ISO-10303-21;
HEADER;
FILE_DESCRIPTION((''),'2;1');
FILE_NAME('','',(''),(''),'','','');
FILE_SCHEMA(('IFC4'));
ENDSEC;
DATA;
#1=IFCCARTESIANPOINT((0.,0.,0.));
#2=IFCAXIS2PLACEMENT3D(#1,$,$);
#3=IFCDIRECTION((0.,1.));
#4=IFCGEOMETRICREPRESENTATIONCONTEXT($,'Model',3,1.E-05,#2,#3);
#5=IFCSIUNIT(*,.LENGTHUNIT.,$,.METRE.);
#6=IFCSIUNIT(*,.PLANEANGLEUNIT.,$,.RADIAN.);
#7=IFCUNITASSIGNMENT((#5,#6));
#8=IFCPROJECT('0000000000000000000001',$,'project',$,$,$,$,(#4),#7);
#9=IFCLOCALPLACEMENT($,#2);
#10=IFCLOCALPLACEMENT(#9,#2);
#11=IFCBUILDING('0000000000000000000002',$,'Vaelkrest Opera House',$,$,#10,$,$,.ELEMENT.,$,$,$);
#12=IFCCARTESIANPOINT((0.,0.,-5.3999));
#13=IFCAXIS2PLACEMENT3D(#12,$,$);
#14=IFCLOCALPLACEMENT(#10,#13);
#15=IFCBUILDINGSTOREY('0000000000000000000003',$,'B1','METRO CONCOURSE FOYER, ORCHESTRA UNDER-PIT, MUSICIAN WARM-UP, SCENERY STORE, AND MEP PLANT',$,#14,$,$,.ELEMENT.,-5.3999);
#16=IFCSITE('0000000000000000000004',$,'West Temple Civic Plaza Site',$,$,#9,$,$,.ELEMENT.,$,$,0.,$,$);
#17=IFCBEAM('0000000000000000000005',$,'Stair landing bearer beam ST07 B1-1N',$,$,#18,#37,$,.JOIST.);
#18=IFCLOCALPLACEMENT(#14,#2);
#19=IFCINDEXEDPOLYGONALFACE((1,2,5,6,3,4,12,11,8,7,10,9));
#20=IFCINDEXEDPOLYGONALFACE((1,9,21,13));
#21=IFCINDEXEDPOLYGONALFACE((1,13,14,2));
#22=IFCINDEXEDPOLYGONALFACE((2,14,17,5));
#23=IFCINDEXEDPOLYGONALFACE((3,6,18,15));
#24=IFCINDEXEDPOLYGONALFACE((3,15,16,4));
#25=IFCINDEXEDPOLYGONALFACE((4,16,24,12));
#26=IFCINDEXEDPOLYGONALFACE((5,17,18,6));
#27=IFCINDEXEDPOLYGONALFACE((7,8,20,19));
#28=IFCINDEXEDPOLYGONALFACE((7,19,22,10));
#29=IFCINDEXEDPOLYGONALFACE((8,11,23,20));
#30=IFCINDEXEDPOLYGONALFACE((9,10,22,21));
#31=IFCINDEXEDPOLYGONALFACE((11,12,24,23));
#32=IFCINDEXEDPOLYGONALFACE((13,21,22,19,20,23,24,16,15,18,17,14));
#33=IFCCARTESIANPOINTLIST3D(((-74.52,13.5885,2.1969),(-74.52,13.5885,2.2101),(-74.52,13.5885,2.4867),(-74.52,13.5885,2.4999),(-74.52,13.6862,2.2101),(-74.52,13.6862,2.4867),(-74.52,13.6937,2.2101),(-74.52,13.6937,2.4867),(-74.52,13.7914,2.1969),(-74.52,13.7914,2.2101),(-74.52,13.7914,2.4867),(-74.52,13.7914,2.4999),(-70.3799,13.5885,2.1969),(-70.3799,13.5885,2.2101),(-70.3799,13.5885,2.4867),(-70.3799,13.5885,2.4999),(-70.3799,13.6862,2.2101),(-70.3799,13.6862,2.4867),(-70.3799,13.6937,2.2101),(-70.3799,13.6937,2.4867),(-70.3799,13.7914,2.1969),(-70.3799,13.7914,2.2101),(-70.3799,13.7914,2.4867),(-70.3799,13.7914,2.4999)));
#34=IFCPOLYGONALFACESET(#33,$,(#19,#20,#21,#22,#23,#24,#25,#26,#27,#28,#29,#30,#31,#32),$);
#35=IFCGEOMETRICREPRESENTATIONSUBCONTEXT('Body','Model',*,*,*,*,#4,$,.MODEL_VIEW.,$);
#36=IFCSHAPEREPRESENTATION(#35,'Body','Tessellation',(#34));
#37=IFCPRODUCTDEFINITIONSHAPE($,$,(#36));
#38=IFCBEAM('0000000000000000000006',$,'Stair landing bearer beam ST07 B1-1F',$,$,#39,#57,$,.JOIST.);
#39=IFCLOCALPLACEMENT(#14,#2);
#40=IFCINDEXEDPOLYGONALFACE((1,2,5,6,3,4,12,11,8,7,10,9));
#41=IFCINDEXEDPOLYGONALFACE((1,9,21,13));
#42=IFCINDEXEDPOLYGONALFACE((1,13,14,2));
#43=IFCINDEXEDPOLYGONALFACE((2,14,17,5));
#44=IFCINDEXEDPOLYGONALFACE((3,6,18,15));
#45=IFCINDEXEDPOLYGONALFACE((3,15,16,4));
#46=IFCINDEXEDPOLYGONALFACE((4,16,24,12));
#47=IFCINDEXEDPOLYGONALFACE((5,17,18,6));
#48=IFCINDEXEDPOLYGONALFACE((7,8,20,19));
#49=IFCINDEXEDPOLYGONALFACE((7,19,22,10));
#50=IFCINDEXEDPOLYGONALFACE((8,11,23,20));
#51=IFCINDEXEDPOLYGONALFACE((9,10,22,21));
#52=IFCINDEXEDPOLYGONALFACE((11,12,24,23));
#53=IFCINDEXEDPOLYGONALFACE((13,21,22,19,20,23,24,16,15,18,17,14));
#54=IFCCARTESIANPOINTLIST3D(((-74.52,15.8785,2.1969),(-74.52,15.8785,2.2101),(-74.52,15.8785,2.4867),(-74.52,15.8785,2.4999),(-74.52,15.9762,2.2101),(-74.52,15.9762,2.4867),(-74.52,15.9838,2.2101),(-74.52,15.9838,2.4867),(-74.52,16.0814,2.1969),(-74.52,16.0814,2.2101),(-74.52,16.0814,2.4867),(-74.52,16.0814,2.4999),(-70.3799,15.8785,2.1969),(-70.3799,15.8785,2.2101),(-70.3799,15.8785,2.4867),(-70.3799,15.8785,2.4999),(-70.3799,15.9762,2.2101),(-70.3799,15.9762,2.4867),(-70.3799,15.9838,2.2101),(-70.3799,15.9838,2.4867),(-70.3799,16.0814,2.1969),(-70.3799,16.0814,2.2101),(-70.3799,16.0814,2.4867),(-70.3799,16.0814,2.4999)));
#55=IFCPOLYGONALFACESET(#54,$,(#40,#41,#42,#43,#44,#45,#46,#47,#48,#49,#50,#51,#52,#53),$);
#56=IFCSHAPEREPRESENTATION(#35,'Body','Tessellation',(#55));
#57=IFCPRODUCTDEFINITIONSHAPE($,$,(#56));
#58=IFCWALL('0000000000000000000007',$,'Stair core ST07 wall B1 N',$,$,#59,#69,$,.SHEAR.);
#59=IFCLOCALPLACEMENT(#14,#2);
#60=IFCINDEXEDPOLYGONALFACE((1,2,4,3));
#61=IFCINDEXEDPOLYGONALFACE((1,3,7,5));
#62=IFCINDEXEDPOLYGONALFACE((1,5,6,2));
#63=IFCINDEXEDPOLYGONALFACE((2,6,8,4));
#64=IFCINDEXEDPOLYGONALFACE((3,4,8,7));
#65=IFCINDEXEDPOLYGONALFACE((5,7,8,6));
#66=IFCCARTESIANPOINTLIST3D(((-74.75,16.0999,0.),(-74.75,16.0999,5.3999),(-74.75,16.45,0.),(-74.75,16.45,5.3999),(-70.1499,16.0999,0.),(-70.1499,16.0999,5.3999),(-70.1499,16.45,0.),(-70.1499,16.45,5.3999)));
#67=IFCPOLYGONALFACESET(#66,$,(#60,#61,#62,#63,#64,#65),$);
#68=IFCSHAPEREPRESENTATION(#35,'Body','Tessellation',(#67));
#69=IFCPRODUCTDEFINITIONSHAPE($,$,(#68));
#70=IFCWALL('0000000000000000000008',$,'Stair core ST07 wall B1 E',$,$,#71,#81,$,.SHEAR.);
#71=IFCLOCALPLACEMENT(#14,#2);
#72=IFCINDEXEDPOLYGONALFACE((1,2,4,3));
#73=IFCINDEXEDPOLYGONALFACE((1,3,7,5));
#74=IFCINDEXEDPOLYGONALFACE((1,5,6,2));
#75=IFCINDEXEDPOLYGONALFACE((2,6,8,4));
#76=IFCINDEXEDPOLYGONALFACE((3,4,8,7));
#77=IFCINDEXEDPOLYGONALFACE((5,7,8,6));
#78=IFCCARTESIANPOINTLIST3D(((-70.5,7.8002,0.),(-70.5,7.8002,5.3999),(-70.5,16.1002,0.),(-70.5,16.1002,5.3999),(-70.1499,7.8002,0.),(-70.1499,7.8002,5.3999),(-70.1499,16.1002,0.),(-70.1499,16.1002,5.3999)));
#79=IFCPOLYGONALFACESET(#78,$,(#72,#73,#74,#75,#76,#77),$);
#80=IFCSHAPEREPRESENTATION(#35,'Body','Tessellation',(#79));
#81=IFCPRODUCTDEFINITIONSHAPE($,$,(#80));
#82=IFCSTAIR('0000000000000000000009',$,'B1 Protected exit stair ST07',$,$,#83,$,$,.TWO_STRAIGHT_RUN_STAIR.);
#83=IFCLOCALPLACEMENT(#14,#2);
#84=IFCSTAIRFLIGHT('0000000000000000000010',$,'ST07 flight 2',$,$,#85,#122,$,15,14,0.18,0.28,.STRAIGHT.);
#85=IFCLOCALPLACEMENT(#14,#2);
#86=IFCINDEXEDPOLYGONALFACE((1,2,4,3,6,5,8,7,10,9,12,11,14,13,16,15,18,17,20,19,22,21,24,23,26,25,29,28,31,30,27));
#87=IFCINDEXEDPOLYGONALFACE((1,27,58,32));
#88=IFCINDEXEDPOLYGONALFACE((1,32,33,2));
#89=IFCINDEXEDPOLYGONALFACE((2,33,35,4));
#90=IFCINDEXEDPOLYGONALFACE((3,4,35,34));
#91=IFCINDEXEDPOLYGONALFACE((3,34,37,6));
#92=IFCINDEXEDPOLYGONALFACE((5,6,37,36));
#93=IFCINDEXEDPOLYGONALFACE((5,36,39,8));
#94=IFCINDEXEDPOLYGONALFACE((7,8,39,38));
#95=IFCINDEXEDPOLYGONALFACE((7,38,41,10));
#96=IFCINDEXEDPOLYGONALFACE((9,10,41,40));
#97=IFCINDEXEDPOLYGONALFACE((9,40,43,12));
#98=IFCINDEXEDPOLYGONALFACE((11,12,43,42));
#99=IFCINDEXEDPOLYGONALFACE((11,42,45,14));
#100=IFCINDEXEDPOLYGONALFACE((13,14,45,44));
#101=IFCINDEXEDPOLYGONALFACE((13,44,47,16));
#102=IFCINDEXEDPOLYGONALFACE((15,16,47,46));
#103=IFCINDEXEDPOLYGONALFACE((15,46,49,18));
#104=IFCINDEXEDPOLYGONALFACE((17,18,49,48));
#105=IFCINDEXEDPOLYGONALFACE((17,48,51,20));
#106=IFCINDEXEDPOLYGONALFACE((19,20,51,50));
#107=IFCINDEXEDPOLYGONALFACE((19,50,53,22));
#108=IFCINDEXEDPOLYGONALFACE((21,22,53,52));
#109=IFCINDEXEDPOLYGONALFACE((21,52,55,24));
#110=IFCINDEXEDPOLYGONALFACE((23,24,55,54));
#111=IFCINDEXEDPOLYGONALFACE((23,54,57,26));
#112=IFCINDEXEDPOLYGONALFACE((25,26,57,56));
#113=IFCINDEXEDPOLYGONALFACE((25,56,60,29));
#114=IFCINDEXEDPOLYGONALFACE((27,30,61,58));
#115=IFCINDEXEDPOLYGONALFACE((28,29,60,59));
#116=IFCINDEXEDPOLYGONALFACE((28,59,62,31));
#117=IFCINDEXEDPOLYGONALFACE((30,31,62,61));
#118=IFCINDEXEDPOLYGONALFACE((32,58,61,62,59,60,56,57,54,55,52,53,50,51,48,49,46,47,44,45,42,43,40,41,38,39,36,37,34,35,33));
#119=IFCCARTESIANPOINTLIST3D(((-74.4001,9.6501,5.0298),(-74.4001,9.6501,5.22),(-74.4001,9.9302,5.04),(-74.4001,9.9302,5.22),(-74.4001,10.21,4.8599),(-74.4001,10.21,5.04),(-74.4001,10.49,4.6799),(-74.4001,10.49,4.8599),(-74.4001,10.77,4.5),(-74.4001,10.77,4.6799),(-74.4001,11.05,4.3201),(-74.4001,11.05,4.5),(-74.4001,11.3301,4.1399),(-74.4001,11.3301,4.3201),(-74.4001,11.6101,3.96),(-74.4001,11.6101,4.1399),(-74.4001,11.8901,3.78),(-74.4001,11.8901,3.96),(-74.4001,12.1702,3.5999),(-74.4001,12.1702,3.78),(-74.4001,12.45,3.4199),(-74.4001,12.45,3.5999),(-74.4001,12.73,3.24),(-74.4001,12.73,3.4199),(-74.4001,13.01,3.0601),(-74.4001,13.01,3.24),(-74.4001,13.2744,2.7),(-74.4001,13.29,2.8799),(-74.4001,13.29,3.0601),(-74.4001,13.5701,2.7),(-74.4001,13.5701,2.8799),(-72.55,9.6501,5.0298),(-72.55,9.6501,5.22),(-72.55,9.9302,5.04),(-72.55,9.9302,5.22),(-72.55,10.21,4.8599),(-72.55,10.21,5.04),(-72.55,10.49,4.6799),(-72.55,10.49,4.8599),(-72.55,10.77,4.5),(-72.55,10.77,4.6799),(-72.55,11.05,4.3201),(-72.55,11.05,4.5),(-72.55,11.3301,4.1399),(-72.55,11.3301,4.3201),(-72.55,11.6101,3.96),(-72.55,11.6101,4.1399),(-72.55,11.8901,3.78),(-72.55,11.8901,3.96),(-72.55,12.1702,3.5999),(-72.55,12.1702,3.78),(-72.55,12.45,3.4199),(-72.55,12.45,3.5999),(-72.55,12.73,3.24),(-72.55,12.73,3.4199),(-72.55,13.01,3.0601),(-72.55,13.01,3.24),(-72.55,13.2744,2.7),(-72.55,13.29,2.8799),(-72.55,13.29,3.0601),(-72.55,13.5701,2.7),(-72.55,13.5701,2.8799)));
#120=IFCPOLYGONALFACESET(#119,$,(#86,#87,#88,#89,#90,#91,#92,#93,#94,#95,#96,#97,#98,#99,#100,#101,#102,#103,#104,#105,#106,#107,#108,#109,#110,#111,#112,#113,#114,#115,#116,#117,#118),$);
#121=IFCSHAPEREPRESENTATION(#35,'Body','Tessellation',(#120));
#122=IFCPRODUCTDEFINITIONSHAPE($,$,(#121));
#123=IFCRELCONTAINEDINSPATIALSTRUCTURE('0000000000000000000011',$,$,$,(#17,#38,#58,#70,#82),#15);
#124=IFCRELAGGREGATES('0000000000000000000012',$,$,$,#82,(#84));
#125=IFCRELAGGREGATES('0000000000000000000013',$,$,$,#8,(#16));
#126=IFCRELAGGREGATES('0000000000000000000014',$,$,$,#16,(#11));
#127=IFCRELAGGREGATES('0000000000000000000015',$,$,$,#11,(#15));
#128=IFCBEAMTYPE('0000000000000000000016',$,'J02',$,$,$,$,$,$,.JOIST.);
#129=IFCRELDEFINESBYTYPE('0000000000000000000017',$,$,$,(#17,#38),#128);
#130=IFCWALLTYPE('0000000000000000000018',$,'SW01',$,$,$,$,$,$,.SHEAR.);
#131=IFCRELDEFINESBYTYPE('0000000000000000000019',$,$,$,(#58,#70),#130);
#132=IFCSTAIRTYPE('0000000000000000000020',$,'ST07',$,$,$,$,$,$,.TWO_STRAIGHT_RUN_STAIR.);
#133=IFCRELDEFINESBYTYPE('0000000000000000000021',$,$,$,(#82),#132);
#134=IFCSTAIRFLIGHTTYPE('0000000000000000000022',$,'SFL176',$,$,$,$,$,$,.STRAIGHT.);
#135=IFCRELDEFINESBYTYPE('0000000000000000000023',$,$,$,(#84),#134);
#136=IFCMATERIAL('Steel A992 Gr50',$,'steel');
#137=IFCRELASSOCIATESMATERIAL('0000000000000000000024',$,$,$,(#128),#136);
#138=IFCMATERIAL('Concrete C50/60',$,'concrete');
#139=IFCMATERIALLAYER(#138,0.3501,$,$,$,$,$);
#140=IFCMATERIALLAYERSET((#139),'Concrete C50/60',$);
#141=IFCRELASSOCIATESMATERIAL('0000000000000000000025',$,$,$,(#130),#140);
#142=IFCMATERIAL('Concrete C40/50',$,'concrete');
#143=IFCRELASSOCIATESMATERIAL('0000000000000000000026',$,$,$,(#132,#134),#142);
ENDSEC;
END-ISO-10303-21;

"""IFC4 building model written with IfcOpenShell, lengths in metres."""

from ifc_helpers import new_model, si_unit, direction, frame, frame_2d, origin, origin_2d, place, context, subcontext, project, spatial, polyline, rectangle, i_section, outline, extrude, material, layer, layer_set, material_profile, profile_set, type_object, element, aggregate, save


model = new_model("IFC4")

# Units and contexts
model_context = context("Model", 3, precision=1e-05, world=origin(), true_north=direction((0.0, 1.0)))
body_context = subcontext(model_context, "Body", "Model", "MODEL_VIEW")
ifc_project = project(units=[si_unit("LENGTHUNIT", "METRE"), si_unit("PLANEANGLEUNIT", "RADIAN")], contexts=[model_context])

# Site, building, storey
site_placement = place(None, origin())
site = spatial("IfcSite", under=ifc_project, at=site_placement, Name="West Temple Civic Plaza Site", CompositionType="ELEMENT", RefElevation=0.0)
building_placement = place(site_placement, origin())
building = spatial("IfcBuilding", under=site, at=building_placement, Name="Vaelkrest Opera House", CompositionType="ELEMENT")
storey_placement = place(building_placement, frame((0.0, 0.0, -5.3999)))
storey = spatial("IfcBuildingStorey", under=building, at=storey_placement, Name="B1", Description="METRO CONCOURSE FOYER, ORCHESTRA UNDER-PIT, MUSICIAN WARM-UP, SCENERY STORE, AND MEP PLANT", CompositionType="ELEMENT", Elevation=-5.3999)

# Shared definitions
ifc_material_1 = material(Name="Concrete C40/50", Category="concrete")

# Shared definitions
ifc_material_2 = material(Name="Concrete C50/60", Category="concrete")

# Beams
ifc_material_3 = material(Name="Steel A992 Gr50", Category="steel")
ifc_material_profile_1 = material_profile(ifc_material_3, i_section(OverallWidth=0.2029, OverallDepth=0.303, WebThickness=0.0076, FlangeThickness=0.0132, at=origin_2d()), Name="W12X40")
ifc_profile_set_1 = profile_set([ifc_material_profile_1], Name="Steel A992 Gr50")
beam_type_1 = type_object("IfcBeamType", Name="J02", PredefinedType="JOIST", material=ifc_profile_set_1)
for number, where, z_axis, x_axis, name in (
    (1, (-74.52, 13.6899, 2.3484), (1.0, 0.0, 0.0), (0.0, 1.0, 0.0), "Stair landing bearer beam ST07 B1-1N"),
    (2, (-74.52, 15.98, 2.3484), (1.0, 0.0, 0.0), (0.0, 1.0, 0.0), "Stair landing bearer beam ST07 B1-1F"),
):
    element("IfcBeam", number, at=place(storey_placement, frame(where, z_axis=z_axis, x_axis=x_axis)), inside=storey, type_object=beam_type_1, Name=name, PredefinedType="JOIST", context=body_context, shape_type="SweptSolid", body=[
        extrude(i_section(OverallWidth=0.2029, OverallDepth=0.303, WebThickness=0.0076, FlangeThickness=0.0132, at=origin_2d()), origin(), (0.0, 0.0, 1.0), 4.1401),
    ])

# Walls
ifc_layer = layer(ifc_material_2, 0.3501)
ifc_layer_set = layer_set([ifc_layer], Name="Concrete C50/60")
wall_type = type_object("IfcWallType", Name="SW01", PredefinedType="SHEAR", material=ifc_layer_set)
wall_1_placement = place(storey_placement, frame((-74.75, 16.2749, 0.0), z_axis=(0.0, 0.0, 1.0), x_axis=(1.0, 0.0, 0.0)))
element("IfcWall", 3, at=wall_1_placement, inside=storey, type_object=wall_type, Name="Stair core ST07 wall B1 N", PredefinedType="SHEAR", context=body_context, shape_type="SweptSolid", body=[
    extrude(rectangle(XDim=4.6001, YDim=0.3501, at=frame_2d((2.3, 0.0))), origin(), (0.0, 0.0, 1.0), 5.3999),
])
wall_2_placement = place(storey_placement, frame((-70.325, 16.1001, 0.0), z_axis=(0.0, 0.0, 1.0), x_axis=(0.0, -1.0, 0.0)))
element("IfcWall", 4, at=wall_2_placement, inside=storey, type_object=wall_type, Name="Stair core ST07 wall B1 E", PredefinedType="SHEAR", context=body_context, shape_type="SweptSolid", body=[
    extrude(rectangle(XDim=8.3, YDim=0.3501, at=frame_2d((4.1499, 0.0))), origin(), (0.0, 0.0, 1.0), 5.3999),
])

# Stair, stair flight
stair_type = type_object("IfcStairType", Name="ST07", PredefinedType="TWO_STRAIGHT_RUN_STAIR", material=ifc_material_1)
stair_placement = place(storey_placement, origin())
stair = element("IfcStair", 5, at=stair_placement, inside=storey, type_object=stair_type, Name="B1 Protected exit stair ST07", PredefinedType="TWO_STRAIGHT_RUN_STAIR")
stair_flight_type = type_object("IfcStairFlightType", Name="SFL176", PredefinedType="STRAIGHT", material=ifc_material_1)
stair_flight_placement = place(storey_placement, frame((-73.4751, 13.5701, 2.7), z_axis=(0.0, 0.0, 1.0), x_axis=(0.0, -1.0, 0.0)))
stair_flight = element("IfcStairFlight", 6, at=stair_flight_placement, type_object=stair_flight_type, Name="ST07 flight 2", NumberOfRisers=15, NumberOfTreads=14, PredefinedType="STRAIGHT", RiserHeight=0.18, TreadLength=0.28, context=body_context, shape_type="SweptSolid", body=[
    extrude(outline(polyline([(0.0, 0.0), (0.0, 0.1799), (0.28, 0.1799), (0.28, 0.3601), (0.5601, 0.3601), (0.5601, 0.54), (0.8401, 0.54), (0.8401, 0.72), (1.1201, 0.72), (1.1201, 0.8999), (1.3999, 0.8999), (1.3999, 1.0801), (1.6799, 1.0801), (1.6799, 1.26), (1.96, 1.26), (1.96, 1.4399), (2.24, 1.4399), (2.24, 1.6201), (2.52, 1.6201), (2.52, 1.8), (2.8, 1.8), (2.8, 1.98), (3.0801, 1.98), (3.0801, 2.1599), (3.3601, 2.1599), (3.3601, 2.3401), (3.6399, 2.3401), (3.6399, 2.52), (3.9199, 2.52), (3.9199, 2.7), (3.9199, 2.3298), (0.2957, 0.0), (0.0, 0.0)])), frame((0.0, 0.925, 0.0), z_axis=(0.0, -1.0, 0.0), x_axis=(1.0, 0.0, 0.0)), (0.0, 0.0, 1.0), 1.8501),
])
aggregate(stair, [stair_flight])

save(model, "model.ifc")
